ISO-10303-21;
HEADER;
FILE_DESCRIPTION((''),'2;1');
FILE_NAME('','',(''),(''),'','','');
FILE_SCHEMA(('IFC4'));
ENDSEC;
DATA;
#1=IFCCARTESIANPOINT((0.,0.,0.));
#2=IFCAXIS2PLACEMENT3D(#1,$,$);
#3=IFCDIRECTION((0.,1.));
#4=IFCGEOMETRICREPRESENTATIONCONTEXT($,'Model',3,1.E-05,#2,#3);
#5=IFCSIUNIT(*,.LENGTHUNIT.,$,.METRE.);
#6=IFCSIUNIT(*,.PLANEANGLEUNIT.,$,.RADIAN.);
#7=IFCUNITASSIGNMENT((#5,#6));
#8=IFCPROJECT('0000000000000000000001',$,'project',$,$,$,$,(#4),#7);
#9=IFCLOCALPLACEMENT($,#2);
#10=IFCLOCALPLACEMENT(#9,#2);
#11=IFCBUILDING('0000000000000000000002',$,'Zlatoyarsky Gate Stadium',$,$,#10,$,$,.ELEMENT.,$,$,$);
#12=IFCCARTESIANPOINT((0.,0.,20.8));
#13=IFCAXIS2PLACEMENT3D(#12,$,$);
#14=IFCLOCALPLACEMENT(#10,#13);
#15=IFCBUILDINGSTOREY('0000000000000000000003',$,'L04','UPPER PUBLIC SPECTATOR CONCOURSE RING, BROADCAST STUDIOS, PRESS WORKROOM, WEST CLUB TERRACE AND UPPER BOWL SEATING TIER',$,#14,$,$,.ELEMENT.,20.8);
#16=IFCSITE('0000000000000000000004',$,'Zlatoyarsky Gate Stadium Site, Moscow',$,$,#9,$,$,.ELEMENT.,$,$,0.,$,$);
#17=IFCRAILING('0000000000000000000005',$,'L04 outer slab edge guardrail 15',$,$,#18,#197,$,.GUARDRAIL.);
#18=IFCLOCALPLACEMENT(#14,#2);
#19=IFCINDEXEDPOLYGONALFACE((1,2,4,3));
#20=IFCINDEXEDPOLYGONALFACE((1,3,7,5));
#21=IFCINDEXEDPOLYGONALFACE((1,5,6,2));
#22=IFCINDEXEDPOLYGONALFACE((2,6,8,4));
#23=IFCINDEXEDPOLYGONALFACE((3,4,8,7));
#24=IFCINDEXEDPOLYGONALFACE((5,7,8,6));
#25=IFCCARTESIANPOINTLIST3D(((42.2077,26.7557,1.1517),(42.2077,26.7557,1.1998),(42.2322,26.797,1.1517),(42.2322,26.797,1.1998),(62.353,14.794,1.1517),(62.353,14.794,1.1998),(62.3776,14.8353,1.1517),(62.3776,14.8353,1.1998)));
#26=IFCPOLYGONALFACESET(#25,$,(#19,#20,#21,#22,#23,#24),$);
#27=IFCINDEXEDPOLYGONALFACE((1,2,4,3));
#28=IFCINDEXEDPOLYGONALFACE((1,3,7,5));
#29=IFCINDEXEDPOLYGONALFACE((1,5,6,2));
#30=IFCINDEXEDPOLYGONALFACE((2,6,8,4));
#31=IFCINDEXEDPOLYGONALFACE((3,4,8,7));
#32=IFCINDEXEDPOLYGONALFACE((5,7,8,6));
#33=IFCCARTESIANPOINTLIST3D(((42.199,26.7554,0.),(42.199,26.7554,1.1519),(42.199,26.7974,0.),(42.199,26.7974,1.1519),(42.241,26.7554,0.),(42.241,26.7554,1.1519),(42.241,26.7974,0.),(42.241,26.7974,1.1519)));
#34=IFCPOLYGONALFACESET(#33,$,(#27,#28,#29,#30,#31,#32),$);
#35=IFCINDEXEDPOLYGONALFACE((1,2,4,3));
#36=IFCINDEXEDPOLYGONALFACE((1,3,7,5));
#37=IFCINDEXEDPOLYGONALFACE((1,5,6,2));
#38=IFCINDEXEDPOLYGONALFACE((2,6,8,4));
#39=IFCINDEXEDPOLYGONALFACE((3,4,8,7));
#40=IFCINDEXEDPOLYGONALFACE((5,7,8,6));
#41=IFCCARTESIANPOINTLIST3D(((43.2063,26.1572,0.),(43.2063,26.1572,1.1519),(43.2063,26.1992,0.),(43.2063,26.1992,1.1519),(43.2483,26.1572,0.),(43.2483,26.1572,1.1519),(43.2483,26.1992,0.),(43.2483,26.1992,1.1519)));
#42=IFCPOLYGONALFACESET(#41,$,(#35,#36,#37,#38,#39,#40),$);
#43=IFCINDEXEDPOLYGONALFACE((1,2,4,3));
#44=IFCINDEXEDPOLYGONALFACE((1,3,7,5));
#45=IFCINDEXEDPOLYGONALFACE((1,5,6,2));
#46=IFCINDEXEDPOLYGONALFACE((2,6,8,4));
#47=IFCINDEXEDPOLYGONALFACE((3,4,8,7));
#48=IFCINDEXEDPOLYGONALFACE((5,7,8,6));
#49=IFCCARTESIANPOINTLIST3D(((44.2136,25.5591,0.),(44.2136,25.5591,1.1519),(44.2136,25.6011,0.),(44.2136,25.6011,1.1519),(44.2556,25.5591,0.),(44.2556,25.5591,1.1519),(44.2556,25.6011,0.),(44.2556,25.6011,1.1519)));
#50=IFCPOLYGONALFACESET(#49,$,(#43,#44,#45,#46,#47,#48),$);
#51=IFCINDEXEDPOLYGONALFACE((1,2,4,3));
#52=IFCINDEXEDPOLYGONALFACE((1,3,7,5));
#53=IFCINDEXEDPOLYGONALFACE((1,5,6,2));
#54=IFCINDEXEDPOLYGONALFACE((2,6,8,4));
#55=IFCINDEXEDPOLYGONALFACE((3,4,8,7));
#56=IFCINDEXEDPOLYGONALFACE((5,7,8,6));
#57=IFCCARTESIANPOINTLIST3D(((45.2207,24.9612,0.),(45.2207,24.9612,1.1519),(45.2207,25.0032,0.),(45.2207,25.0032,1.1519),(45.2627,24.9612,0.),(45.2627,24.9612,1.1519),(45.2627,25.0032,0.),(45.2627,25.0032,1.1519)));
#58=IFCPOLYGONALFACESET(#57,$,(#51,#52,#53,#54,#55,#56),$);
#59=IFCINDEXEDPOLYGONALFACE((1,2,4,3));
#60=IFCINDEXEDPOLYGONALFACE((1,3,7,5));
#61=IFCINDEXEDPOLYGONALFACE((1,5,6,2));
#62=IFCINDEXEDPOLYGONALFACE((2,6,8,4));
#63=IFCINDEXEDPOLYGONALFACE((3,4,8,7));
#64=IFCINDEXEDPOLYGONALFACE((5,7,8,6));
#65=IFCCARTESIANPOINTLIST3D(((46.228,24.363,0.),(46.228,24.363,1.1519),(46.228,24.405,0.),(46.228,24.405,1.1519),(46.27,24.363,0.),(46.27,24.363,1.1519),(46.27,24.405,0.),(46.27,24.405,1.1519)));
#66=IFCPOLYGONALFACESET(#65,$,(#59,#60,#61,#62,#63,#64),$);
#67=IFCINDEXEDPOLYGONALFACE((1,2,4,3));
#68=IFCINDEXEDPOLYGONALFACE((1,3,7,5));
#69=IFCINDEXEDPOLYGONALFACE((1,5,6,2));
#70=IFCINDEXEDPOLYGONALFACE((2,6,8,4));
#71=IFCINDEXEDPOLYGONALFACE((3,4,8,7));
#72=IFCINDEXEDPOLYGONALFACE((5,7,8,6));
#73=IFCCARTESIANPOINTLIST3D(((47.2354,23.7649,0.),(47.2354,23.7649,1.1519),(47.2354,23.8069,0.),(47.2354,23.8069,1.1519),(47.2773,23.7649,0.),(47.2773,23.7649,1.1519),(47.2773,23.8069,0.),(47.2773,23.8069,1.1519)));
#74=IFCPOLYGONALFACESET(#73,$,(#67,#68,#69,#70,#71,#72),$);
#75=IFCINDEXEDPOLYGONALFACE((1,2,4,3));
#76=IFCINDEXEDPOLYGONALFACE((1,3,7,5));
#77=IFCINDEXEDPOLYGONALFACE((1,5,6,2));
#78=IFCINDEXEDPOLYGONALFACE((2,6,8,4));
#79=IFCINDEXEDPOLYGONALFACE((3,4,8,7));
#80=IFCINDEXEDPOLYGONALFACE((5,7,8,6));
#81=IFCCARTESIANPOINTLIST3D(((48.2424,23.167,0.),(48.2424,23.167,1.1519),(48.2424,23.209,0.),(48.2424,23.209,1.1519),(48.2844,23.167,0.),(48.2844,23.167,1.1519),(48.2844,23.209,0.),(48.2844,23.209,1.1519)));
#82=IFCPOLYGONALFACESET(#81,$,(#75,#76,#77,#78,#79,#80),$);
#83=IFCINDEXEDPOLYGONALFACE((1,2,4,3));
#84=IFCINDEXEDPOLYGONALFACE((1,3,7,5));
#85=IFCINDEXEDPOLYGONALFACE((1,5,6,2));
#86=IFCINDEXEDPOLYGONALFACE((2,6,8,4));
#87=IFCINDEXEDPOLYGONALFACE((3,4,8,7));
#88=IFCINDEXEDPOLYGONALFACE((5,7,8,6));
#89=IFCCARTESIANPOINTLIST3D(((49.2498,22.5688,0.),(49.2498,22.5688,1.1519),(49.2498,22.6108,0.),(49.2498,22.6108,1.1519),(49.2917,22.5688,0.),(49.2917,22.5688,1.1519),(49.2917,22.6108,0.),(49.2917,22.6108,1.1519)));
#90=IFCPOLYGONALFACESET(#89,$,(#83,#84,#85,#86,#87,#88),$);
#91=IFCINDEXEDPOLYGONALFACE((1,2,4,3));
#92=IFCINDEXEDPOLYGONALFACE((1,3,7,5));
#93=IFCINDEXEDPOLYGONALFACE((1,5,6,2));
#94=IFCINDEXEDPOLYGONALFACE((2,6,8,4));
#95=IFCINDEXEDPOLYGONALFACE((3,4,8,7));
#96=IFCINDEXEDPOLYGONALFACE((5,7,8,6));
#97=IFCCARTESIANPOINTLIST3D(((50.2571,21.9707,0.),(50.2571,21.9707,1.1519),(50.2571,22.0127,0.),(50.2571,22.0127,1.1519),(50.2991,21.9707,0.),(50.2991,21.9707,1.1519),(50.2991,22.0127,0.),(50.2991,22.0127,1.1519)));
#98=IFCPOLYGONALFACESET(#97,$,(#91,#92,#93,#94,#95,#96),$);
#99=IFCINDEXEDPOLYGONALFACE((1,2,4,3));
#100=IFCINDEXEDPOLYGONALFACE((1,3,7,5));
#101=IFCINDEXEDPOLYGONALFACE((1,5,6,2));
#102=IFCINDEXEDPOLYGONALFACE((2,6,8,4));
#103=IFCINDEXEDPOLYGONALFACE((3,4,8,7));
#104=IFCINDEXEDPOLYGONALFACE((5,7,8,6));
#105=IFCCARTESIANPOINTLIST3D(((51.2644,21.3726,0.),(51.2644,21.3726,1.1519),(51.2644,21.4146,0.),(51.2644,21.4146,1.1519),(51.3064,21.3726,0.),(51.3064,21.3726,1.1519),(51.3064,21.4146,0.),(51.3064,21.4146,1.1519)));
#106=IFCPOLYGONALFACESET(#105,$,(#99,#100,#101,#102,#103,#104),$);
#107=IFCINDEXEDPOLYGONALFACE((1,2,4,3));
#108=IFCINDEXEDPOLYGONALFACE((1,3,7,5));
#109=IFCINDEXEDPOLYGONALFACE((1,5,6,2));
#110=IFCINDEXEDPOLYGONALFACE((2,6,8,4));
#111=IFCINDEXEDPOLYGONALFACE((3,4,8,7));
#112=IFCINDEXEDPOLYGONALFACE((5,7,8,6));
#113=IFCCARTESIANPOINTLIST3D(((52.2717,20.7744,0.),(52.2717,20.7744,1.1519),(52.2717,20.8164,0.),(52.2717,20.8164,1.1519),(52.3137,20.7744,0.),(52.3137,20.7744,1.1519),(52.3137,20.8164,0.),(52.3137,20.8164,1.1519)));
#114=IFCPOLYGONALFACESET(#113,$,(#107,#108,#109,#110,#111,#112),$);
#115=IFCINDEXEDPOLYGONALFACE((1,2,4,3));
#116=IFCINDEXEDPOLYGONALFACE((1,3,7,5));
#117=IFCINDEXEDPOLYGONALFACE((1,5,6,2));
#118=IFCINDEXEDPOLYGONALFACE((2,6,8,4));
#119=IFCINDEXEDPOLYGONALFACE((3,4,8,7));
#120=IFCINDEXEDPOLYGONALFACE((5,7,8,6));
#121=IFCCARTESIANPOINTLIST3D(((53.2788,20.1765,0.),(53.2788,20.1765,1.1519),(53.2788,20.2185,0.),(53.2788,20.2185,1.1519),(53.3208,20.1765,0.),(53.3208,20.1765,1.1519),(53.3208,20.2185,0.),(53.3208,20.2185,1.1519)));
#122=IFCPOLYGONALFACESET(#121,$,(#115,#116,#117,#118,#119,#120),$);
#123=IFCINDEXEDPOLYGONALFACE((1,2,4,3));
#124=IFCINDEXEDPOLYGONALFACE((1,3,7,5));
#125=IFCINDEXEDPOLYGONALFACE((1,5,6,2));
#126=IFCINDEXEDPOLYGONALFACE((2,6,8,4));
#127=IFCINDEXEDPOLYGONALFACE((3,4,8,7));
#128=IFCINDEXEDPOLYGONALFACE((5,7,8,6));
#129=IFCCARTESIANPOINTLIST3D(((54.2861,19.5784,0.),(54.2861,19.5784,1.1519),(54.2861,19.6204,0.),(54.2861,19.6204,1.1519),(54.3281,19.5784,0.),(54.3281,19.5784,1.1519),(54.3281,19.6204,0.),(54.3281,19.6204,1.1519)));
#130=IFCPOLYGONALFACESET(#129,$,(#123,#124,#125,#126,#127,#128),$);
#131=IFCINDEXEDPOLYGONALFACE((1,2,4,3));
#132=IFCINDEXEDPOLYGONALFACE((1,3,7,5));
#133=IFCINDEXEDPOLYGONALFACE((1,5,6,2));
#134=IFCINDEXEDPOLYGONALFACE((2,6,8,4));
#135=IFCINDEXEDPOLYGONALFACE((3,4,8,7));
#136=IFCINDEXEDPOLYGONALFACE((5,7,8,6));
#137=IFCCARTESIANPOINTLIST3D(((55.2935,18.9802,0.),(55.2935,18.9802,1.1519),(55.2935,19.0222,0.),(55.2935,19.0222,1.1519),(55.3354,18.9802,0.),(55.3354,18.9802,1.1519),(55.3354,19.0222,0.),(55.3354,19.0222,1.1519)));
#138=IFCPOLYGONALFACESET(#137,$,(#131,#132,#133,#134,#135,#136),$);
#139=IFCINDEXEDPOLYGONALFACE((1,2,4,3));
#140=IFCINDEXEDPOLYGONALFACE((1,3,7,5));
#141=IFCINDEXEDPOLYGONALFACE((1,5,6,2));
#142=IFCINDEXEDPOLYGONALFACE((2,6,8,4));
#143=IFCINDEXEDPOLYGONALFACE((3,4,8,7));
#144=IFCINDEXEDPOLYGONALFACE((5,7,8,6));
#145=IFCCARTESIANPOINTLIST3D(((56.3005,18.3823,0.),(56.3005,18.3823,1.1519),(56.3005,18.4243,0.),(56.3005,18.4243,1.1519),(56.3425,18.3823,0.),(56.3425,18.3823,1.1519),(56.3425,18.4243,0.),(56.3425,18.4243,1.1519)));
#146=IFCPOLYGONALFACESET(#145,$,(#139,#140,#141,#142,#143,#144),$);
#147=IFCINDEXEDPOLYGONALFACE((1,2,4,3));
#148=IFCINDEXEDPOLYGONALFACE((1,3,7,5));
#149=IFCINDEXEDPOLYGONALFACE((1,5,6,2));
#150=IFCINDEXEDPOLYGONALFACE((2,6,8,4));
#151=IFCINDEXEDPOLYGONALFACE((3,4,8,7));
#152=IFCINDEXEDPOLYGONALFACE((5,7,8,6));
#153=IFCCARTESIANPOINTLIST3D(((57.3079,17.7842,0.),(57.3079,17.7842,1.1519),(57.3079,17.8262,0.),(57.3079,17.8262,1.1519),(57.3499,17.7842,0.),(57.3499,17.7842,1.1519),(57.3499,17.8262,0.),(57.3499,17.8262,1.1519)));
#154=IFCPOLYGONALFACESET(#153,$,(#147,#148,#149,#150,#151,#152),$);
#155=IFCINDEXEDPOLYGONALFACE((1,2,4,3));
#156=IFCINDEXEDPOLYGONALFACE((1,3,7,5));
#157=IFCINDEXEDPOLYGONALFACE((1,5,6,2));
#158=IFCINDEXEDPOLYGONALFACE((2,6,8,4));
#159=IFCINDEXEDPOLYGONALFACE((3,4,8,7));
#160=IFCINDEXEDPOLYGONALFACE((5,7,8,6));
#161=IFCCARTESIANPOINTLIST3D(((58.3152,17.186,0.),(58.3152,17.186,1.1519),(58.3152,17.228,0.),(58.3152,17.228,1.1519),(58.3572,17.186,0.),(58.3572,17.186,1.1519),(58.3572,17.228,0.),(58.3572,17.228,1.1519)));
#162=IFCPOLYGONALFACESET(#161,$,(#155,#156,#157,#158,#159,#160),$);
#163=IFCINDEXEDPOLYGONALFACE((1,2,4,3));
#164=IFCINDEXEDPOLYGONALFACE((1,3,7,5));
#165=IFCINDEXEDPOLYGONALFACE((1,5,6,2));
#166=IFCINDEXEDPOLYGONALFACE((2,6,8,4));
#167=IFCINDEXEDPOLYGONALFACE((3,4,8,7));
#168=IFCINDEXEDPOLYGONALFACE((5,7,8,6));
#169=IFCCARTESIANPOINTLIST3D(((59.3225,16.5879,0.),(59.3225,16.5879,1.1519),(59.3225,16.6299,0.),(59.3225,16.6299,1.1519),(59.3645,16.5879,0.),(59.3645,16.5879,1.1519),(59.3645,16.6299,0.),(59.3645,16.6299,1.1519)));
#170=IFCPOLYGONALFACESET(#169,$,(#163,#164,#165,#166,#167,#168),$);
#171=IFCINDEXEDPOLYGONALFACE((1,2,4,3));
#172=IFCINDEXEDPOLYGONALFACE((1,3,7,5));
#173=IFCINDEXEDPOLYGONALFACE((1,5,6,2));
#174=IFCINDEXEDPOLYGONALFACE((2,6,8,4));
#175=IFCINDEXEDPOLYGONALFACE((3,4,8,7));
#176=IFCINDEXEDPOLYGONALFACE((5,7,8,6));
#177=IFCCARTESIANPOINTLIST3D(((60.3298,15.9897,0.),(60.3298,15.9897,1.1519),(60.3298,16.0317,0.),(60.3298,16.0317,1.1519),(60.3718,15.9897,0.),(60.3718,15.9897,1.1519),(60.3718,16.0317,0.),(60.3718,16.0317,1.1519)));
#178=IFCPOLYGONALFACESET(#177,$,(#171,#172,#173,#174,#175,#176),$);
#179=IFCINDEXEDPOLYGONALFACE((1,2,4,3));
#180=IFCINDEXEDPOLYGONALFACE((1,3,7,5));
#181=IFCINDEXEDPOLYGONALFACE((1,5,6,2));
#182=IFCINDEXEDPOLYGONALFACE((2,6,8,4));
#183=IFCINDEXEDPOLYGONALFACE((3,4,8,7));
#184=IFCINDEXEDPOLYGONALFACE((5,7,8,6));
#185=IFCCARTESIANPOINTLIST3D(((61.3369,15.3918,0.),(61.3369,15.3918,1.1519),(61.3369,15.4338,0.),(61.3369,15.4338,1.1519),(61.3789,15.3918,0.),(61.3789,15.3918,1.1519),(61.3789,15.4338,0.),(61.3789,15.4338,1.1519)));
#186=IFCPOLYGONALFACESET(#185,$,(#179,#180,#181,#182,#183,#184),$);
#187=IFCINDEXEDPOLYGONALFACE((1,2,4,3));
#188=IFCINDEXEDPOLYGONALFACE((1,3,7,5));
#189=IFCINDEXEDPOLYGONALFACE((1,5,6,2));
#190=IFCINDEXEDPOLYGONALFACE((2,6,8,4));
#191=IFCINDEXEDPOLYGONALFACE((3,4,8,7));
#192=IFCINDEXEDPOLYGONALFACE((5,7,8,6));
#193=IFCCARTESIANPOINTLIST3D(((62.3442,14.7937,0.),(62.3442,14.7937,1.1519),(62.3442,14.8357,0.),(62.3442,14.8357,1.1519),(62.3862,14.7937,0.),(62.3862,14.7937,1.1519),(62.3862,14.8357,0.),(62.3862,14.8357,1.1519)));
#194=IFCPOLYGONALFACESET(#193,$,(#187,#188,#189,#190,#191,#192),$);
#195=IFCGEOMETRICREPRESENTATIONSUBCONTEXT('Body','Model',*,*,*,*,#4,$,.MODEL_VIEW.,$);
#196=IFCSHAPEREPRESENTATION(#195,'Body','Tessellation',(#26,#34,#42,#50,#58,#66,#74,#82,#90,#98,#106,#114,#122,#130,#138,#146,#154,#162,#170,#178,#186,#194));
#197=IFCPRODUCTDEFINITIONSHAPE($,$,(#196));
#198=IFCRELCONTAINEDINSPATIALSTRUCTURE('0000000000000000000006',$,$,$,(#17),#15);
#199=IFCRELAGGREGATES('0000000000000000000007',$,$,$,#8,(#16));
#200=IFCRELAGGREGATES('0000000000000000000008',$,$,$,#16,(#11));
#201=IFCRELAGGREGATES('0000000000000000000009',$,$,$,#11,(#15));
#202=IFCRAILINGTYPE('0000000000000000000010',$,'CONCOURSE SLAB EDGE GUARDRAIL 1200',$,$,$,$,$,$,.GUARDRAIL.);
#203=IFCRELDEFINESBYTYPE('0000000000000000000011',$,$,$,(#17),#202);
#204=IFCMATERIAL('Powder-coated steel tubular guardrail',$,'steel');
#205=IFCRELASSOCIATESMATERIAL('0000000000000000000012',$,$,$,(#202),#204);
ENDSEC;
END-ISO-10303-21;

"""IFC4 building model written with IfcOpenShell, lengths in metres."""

from ifc_helpers import new_model, si_unit, direction, frame, origin, origin_2d, place, context, subcontext, project, spatial, rectangle, extrude, material, type_object, element, save


model = new_model("IFC4")

# Units and contexts
model_context = context("Model", 3, precision=1e-05, world=origin(), true_north=direction((0.0, 1.0)))
body_context = subcontext(model_context, "Body", "Model", "MODEL_VIEW")
ifc_project = project(units=[si_unit("LENGTHUNIT", "METRE"), si_unit("PLANEANGLEUNIT", "RADIAN")], contexts=[model_context])

# Site, building, storey
site_placement = place(None, origin())
site = spatial("IfcSite", under=ifc_project, at=site_placement, Name="Zlatoyarsky Gate Stadium Site, Moscow", CompositionType="ELEMENT", RefElevation=0.0)
building_placement = place(site_placement, origin())
building = spatial("IfcBuilding", under=site, at=building_placement, Name="Zlatoyarsky Gate Stadium", CompositionType="ELEMENT")
storey_placement = place(building_placement, frame((0.0, 0.0, 20.8)))
storey = spatial("IfcBuildingStorey", under=building, at=storey_placement, Name="L04", Description="UPPER PUBLIC SPECTATOR CONCOURSE RING, BROADCAST STUDIOS, PRESS WORKROOM, WEST CLUB TERRACE AND UPPER BOWL SEATING TIER", CompositionType="ELEMENT", Elevation=20.8)

# Railing
ifc_material_1 = material(Name="Powder-coated steel tubular guardrail", Category="steel")
railing_type = type_object("IfcRailingType", Name="CONCOURSE SLAB EDGE GUARDRAIL 1200", PredefinedType="GUARDRAIL", material=ifc_material_1)
railing_placement = place(storey_placement, frame((42.22, 26.7764, 0.0)))
element("IfcRailing", 1, at=railing_placement, inside=storey, type_object=railing_type, Name="L04 outer slab edge guardrail 15", PredefinedType="GUARDRAIL", context=body_context, shape_type="SweptSolid", body=[
    extrude(rectangle(XDim=0.0481, YDim=0.0481, at=origin_2d()), frame((0.0, 0.0, 1.1758), z_axis=(0.859847, -0.510552, 0.0), x_axis=(0.510552, 0.859847, 0.0)), (0.0, 0.0, 1.0), 23.429),
    extrude(rectangle(XDim=0.042, YDim=0.042, at=origin_2d()), origin(), (0.0, 0.0, 1.0), 1.1519),
    extrude(rectangle(XDim=0.042, YDim=0.042, at=origin_2d()), frame((1.0073, -0.5981, 0.0)), (0.0, 0.0, 1.0), 1.1519),
    extrude(rectangle(XDim=0.042, YDim=0.042, at=origin_2d()), frame((2.0146, -1.1963, 0.0)), (0.0, 0.0, 1.0), 1.1519),
    extrude(rectangle(XDim=0.042, YDim=0.042, at=origin_2d()), frame((3.0217, -1.7942, 0.0)), (0.0, 0.0, 1.0), 1.1519),
    extrude(rectangle(XDim=0.042, YDim=0.042, at=origin_2d()), frame((4.0291, -2.3923, 0.0)), (0.0, 0.0, 1.0), 1.1519),
    extrude(rectangle(XDim=0.042, YDim=0.042, at=origin_2d()), frame((5.0364, -2.9905, 0.0)), (0.0, 0.0, 1.0), 1.1519),
    extrude(rectangle(XDim=0.042, YDim=0.042, at=origin_2d()), frame((6.0435, -3.5884, 0.0)), (0.0, 0.0, 1.0), 1.1519),
    extrude(rectangle(XDim=0.042, YDim=0.042, at=origin_2d()), frame((7.0508, -4.1865, 0.0)), (0.0, 0.0, 1.0), 1.1519),
    extrude(rectangle(XDim=0.042, YDim=0.042, at=origin_2d()), frame((8.0581, -4.7847, 0.0)), (0.0, 0.0, 1.0), 1.1519),
    extrude(rectangle(XDim=0.042, YDim=0.042, at=origin_2d()), frame((9.0654, -5.3828, 0.0)), (0.0, 0.0, 1.0), 1.1519),
    extrude(rectangle(XDim=0.042, YDim=0.042, at=origin_2d()), frame((10.0728, -5.981, 0.0)), (0.0, 0.0, 1.0), 1.1519),
    extrude(rectangle(XDim=0.042, YDim=0.042, at=origin_2d()), frame((11.0798, -6.5789, 0.0)), (0.0, 0.0, 1.0), 1.1519),
    extrude(rectangle(XDim=0.042, YDim=0.042, at=origin_2d()), frame((12.0872, -7.177, 0.0)), (0.0, 0.0, 1.0), 1.1519),
    extrude(rectangle(XDim=0.042, YDim=0.042, at=origin_2d()), frame((13.0945, -7.7751, 0.0)), (0.0, 0.0, 1.0), 1.1519),
    extrude(rectangle(XDim=0.042, YDim=0.042, at=origin_2d()), frame((14.1016, -8.373, 0.0)), (0.0, 0.0, 1.0), 1.1519),
    extrude(rectangle(XDim=0.042, YDim=0.042, at=origin_2d()), frame((15.1089, -8.9712, 0.0)), (0.0, 0.0, 1.0), 1.1519),
    extrude(rectangle(XDim=0.042, YDim=0.042, at=origin_2d()), frame((16.1162, -9.5693, 0.0)), (0.0, 0.0, 1.0), 1.1519),
    extrude(rectangle(XDim=0.042, YDim=0.042, at=origin_2d()), frame((17.1235, -10.1675, 0.0)), (0.0, 0.0, 1.0), 1.1519),
    extrude(rectangle(XDim=0.042, YDim=0.042, at=origin_2d()), frame((18.1309, -10.7656, 0.0)), (0.0, 0.0, 1.0), 1.1519),
    extrude(rectangle(XDim=0.042, YDim=0.042, at=origin_2d()), frame((19.1379, -11.3635, 0.0)), (0.0, 0.0, 1.0), 1.1519),
    extrude(rectangle(XDim=0.042, YDim=0.042, at=origin_2d()), frame((20.1453, -11.9617, 0.0)), (0.0, 0.0, 1.0), 1.1519),
])

save(model, "model.ifc")
